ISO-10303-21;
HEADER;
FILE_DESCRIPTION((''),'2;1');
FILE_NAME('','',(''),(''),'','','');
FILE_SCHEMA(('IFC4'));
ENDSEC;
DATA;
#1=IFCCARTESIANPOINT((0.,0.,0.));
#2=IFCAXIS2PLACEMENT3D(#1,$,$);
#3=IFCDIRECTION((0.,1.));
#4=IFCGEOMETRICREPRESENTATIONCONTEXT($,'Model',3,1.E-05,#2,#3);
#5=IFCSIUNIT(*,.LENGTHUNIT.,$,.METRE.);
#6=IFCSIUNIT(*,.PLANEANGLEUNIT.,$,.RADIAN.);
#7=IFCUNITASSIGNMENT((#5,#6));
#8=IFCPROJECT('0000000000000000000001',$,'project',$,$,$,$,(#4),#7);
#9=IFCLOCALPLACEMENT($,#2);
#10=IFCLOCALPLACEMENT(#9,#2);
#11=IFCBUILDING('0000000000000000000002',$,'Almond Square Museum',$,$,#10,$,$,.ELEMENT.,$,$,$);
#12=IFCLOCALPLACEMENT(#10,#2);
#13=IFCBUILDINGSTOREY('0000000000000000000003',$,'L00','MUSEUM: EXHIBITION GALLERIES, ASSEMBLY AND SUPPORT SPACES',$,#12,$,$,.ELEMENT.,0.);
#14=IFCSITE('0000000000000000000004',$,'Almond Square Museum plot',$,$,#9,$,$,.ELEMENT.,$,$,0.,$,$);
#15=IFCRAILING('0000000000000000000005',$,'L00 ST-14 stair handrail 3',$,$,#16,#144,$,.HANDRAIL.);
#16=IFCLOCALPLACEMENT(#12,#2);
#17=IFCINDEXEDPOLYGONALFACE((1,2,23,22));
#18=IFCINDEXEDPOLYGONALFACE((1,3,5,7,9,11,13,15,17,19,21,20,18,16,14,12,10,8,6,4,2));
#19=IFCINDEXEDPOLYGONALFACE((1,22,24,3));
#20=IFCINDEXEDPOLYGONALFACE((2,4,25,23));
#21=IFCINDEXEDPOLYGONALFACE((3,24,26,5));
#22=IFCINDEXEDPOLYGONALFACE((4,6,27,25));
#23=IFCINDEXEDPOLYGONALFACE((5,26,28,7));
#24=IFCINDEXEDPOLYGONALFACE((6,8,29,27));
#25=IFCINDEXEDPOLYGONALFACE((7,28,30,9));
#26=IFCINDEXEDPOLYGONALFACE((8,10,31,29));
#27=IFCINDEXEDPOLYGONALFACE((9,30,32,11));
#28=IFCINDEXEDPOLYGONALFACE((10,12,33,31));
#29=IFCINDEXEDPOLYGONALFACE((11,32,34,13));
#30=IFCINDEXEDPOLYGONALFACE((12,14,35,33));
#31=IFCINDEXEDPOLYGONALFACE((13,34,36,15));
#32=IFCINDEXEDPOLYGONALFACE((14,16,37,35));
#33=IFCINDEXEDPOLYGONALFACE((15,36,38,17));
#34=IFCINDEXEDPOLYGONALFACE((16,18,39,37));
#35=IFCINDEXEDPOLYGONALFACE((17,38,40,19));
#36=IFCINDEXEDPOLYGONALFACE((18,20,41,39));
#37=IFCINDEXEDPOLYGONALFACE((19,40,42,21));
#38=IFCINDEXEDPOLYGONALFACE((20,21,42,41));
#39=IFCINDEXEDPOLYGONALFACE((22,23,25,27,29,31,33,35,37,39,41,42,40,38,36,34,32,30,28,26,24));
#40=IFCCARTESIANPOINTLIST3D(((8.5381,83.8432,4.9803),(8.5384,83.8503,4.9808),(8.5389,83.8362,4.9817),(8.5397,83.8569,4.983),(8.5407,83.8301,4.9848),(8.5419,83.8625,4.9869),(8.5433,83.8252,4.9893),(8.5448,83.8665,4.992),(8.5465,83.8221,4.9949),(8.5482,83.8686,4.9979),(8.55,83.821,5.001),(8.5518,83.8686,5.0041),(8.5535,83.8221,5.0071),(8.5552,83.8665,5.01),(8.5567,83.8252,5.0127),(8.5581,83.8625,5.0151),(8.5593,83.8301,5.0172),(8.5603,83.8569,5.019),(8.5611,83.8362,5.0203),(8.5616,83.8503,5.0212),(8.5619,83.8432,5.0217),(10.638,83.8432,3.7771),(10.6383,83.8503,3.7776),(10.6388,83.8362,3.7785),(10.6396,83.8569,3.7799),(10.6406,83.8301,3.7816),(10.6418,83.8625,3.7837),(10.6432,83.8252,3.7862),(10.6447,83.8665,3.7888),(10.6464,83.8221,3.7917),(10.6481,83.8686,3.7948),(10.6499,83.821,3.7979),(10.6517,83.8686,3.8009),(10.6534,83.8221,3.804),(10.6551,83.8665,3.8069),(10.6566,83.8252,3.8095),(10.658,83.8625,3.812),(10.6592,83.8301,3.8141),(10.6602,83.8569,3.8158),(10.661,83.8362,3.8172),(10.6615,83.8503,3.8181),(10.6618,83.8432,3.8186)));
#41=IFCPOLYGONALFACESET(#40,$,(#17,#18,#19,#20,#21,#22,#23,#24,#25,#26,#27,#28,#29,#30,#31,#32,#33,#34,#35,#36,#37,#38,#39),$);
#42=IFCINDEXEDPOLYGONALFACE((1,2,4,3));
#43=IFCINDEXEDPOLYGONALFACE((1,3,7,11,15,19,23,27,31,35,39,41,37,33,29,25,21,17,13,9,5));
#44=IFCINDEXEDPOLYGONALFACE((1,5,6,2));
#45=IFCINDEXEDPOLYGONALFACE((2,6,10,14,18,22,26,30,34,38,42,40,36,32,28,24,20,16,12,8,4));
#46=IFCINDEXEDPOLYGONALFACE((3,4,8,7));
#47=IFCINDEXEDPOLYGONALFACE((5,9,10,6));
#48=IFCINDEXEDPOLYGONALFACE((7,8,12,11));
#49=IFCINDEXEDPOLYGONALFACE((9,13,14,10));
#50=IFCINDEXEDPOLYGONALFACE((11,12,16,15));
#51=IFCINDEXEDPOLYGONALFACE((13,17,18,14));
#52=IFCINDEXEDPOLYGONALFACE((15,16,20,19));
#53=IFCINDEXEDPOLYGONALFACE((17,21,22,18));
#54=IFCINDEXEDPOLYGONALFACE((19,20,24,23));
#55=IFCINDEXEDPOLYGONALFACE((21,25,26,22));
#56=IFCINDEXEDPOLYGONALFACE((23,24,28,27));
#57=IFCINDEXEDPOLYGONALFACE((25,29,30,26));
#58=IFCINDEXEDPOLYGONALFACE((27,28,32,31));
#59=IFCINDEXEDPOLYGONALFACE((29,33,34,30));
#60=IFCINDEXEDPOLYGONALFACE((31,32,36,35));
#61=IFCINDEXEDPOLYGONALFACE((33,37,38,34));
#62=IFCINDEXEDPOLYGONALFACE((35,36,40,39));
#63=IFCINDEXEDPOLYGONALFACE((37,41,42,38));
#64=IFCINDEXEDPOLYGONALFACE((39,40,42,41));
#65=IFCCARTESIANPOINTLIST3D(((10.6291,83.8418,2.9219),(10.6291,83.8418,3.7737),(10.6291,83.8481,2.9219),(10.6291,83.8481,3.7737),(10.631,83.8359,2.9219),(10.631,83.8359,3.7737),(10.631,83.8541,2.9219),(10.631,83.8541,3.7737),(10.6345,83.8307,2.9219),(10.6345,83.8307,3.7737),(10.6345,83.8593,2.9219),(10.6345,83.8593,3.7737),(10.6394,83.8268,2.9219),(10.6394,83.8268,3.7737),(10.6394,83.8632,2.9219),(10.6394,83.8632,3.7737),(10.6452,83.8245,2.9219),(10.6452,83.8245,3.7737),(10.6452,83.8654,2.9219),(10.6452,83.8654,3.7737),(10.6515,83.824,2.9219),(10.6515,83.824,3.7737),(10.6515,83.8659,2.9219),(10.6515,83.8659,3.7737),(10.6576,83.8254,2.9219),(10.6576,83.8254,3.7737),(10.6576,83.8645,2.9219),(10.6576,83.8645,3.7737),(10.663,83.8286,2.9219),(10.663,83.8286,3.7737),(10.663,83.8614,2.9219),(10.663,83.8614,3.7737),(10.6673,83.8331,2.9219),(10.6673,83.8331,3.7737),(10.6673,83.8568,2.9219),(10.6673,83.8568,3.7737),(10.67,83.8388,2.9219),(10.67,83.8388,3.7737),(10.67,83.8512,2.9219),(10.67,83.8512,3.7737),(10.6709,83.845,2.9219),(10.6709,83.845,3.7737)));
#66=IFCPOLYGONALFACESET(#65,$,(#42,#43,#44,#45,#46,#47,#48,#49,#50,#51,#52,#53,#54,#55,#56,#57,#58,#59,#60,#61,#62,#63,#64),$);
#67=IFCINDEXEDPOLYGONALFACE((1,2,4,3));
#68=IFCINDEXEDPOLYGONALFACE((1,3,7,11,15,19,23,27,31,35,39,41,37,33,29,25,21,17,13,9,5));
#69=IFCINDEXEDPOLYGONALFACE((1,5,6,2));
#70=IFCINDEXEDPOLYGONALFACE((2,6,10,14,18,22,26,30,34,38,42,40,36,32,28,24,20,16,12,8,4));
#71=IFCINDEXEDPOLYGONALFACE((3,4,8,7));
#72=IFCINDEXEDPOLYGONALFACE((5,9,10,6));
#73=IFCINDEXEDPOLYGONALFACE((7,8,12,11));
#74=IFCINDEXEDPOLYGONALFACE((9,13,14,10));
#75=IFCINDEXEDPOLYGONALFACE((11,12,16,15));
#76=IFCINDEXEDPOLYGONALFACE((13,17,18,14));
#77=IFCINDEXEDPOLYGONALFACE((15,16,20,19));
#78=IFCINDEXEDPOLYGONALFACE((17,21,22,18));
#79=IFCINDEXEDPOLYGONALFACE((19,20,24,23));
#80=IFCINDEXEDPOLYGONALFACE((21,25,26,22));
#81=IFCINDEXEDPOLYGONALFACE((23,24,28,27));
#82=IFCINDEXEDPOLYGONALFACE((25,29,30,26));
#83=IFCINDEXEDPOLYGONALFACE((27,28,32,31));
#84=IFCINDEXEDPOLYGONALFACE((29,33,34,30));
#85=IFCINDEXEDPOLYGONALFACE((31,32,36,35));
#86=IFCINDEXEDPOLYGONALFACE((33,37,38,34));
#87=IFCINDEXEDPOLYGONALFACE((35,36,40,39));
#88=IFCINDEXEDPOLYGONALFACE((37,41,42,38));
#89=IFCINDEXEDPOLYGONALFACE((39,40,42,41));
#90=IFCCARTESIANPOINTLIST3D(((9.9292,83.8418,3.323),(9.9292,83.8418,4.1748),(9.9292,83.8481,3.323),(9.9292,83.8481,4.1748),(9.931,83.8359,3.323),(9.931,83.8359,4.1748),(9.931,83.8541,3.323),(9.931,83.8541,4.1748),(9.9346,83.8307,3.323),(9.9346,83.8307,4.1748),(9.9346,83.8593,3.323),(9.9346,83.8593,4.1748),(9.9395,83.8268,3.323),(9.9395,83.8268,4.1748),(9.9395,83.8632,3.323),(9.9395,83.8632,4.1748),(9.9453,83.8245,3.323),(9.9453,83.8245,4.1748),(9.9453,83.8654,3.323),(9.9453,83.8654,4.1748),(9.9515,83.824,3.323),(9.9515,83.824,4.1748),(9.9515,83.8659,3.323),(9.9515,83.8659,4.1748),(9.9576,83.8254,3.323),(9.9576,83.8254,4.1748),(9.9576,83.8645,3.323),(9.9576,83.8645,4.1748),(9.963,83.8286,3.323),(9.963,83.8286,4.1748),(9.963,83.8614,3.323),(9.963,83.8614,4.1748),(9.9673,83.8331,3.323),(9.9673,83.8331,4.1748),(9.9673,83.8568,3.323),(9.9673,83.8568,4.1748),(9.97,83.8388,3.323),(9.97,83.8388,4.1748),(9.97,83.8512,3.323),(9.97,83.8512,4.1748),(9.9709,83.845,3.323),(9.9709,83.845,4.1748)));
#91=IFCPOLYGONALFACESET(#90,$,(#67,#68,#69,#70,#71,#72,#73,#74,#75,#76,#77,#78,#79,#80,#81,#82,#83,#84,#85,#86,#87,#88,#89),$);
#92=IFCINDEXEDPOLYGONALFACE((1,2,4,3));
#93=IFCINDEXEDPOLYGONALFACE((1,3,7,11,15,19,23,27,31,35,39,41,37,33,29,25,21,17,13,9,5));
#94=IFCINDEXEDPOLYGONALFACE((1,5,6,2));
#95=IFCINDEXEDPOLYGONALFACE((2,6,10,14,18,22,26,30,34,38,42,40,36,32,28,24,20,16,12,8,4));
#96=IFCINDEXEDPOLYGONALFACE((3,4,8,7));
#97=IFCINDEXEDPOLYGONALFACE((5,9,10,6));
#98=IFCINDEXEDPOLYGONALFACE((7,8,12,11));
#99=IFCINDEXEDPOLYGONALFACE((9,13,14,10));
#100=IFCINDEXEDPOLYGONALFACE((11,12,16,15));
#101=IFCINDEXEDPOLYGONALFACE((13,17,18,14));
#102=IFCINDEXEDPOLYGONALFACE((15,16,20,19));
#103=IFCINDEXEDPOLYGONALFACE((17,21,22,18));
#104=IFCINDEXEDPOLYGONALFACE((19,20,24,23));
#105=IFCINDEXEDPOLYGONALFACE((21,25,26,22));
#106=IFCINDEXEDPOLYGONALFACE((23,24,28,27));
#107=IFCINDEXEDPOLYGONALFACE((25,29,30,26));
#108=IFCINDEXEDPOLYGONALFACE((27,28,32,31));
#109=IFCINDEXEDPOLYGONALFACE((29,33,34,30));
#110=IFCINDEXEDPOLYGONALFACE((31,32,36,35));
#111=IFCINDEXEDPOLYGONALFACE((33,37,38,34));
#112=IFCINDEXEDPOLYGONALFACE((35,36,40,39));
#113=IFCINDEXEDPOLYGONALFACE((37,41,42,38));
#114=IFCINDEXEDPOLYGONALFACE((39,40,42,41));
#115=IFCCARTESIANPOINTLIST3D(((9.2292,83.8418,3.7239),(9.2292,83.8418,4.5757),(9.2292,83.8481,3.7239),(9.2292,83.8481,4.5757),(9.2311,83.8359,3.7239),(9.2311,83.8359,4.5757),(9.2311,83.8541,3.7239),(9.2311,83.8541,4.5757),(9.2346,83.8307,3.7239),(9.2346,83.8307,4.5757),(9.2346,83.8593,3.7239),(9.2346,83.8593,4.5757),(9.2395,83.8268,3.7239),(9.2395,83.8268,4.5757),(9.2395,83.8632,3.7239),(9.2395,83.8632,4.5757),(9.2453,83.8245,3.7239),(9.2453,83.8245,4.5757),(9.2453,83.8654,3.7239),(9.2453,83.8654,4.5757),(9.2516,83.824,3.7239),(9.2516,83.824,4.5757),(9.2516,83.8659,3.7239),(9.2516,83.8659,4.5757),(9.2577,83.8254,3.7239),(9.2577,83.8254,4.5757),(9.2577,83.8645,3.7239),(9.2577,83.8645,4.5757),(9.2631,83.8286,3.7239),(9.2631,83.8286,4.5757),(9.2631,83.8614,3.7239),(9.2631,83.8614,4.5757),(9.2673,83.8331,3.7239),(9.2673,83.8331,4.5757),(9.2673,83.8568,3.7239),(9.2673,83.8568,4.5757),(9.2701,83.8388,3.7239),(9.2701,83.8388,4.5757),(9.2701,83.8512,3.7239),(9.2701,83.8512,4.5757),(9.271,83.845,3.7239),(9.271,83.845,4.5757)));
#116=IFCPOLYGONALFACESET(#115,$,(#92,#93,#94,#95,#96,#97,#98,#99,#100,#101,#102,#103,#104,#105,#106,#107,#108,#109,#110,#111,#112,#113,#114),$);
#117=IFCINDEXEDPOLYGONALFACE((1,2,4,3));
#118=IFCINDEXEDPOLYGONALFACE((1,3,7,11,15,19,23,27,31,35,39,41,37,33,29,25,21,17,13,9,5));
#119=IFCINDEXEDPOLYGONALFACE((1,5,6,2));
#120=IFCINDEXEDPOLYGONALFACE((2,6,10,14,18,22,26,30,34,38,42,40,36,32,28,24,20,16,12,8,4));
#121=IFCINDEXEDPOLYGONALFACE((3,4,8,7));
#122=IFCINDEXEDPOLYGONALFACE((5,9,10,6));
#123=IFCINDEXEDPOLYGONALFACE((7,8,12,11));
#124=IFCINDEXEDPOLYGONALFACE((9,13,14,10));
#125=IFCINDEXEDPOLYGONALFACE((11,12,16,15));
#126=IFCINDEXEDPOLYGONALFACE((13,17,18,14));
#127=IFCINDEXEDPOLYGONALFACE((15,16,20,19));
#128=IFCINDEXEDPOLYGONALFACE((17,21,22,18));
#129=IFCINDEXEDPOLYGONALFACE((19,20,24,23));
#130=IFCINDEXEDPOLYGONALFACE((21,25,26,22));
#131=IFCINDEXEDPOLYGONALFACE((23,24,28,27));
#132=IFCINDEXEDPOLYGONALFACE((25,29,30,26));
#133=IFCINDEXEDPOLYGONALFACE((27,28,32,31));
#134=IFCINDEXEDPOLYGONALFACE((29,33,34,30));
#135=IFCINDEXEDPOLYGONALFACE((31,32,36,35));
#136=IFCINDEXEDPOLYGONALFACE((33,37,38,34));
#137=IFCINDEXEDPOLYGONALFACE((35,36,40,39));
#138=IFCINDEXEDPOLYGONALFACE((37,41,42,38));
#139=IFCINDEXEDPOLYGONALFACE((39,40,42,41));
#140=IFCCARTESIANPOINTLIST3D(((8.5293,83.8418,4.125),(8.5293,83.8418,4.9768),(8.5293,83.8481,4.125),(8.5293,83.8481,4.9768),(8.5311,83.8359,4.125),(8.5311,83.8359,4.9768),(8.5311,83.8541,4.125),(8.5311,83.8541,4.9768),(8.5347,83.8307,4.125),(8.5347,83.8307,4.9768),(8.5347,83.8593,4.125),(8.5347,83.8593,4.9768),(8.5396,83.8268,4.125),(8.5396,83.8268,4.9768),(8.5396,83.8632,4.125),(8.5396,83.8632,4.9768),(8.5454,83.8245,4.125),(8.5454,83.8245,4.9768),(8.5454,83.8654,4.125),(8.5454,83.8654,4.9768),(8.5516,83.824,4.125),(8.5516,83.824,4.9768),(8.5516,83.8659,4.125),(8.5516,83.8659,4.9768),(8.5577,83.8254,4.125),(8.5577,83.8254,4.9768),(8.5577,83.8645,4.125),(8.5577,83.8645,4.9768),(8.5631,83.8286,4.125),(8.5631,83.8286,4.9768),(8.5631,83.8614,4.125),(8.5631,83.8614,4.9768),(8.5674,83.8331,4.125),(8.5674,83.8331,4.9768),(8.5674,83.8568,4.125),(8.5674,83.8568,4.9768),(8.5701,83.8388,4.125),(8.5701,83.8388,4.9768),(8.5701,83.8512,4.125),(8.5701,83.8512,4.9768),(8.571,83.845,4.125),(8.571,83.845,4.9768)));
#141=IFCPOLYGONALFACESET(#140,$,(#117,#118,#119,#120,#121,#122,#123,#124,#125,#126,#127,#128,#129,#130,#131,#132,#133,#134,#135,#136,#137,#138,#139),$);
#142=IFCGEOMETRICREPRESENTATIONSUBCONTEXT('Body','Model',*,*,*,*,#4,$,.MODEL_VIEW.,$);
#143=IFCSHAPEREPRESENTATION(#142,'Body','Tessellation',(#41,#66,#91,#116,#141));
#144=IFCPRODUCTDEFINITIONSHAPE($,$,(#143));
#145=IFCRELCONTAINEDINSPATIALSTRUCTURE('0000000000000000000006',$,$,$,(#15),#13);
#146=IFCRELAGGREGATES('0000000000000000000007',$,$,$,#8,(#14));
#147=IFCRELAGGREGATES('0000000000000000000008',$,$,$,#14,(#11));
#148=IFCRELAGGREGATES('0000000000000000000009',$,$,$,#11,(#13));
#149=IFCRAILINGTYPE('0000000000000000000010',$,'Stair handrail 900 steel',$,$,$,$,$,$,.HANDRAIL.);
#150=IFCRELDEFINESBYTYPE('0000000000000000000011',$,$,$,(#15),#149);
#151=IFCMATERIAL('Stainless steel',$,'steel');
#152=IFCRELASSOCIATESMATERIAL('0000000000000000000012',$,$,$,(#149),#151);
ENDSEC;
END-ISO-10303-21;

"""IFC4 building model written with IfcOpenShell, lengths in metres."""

from ifc_helpers import new_model, si_unit, direction, frame, origin, origin_2d, place, context, subcontext, project, spatial, circle, extrude, material, type_object, element, save


model = new_model("IFC4")

# Units and contexts
model_context = context("Model", 3, precision=1e-05, world=origin(), true_north=direction((0.0, 1.0)))
body_context = subcontext(model_context, "Body", "Model", "MODEL_VIEW")
ifc_project = project(units=[si_unit("LENGTHUNIT", "METRE"), si_unit("PLANEANGLEUNIT", "RADIAN")], contexts=[model_context])

# Site, building, storey
site_placement = place(None, origin())
site = spatial("IfcSite", under=ifc_project, at=site_placement, Name="Almond Square Museum plot", CompositionType="ELEMENT", RefElevation=0.0)
building_placement = place(site_placement, origin())
building = spatial("IfcBuilding", under=site, at=building_placement, Name="Almond Square Museum", CompositionType="ELEMENT")
storey_placement = place(building_placement, origin())
storey = spatial("IfcBuildingStorey", under=building, at=storey_placement, Name="L00", Description="MUSEUM: EXHIBITION GALLERIES, ASSEMBLY AND SUPPORT SPACES", CompositionType="ELEMENT", Elevation=0.0)

# Railing
ifc_material_1 = material(Name="Stainless steel", Category="steel")
railing_type_1 = type_object("IfcRailingType", Name="Stair handrail 900 steel", PredefinedType="HANDRAIL", material=ifc_material_1)
for number, where, name in (
    (1, (10.6499, 83.845, 2.9219), "L00 ST-14 stair handrail 3"),
):
    element("IfcRailing", number, at=place(storey_placement, frame(where)), inside=storey, type_object=railing_type_1, Name=name, PredefinedType="HANDRAIL", context=body_context, shape_type="SweptSolid", body=[
        extrude(circle(Radius=0.0239, at=origin_2d()), frame((0.0, 0.0, 0.876), z_axis=(-0.867671, 0.0, 0.497138), x_axis=(0.0, -1.0, 0.0)), (0.0, 0.0, 1.0), 2.4202),
        extrude(circle(Radius=0.021, at=origin_2d()), origin(), (0.0, 0.0, 1.0), 0.8518),
        extrude(circle(Radius=0.021, at=origin_2d()), frame((-0.7, 0.0, 0.4011)), (0.0, 0.0, 1.0), 0.8518),
        extrude(circle(Radius=0.021, at=origin_2d()), frame((-1.3999, 0.0, 0.802)), (0.0, 0.0, 1.0), 0.8518),
        extrude(circle(Radius=0.021, at=origin_2d()), frame((-2.0999, 0.0, 1.2031)), (0.0, 0.0, 1.0), 0.8518),
    ])

save(model, "model.ifc")
